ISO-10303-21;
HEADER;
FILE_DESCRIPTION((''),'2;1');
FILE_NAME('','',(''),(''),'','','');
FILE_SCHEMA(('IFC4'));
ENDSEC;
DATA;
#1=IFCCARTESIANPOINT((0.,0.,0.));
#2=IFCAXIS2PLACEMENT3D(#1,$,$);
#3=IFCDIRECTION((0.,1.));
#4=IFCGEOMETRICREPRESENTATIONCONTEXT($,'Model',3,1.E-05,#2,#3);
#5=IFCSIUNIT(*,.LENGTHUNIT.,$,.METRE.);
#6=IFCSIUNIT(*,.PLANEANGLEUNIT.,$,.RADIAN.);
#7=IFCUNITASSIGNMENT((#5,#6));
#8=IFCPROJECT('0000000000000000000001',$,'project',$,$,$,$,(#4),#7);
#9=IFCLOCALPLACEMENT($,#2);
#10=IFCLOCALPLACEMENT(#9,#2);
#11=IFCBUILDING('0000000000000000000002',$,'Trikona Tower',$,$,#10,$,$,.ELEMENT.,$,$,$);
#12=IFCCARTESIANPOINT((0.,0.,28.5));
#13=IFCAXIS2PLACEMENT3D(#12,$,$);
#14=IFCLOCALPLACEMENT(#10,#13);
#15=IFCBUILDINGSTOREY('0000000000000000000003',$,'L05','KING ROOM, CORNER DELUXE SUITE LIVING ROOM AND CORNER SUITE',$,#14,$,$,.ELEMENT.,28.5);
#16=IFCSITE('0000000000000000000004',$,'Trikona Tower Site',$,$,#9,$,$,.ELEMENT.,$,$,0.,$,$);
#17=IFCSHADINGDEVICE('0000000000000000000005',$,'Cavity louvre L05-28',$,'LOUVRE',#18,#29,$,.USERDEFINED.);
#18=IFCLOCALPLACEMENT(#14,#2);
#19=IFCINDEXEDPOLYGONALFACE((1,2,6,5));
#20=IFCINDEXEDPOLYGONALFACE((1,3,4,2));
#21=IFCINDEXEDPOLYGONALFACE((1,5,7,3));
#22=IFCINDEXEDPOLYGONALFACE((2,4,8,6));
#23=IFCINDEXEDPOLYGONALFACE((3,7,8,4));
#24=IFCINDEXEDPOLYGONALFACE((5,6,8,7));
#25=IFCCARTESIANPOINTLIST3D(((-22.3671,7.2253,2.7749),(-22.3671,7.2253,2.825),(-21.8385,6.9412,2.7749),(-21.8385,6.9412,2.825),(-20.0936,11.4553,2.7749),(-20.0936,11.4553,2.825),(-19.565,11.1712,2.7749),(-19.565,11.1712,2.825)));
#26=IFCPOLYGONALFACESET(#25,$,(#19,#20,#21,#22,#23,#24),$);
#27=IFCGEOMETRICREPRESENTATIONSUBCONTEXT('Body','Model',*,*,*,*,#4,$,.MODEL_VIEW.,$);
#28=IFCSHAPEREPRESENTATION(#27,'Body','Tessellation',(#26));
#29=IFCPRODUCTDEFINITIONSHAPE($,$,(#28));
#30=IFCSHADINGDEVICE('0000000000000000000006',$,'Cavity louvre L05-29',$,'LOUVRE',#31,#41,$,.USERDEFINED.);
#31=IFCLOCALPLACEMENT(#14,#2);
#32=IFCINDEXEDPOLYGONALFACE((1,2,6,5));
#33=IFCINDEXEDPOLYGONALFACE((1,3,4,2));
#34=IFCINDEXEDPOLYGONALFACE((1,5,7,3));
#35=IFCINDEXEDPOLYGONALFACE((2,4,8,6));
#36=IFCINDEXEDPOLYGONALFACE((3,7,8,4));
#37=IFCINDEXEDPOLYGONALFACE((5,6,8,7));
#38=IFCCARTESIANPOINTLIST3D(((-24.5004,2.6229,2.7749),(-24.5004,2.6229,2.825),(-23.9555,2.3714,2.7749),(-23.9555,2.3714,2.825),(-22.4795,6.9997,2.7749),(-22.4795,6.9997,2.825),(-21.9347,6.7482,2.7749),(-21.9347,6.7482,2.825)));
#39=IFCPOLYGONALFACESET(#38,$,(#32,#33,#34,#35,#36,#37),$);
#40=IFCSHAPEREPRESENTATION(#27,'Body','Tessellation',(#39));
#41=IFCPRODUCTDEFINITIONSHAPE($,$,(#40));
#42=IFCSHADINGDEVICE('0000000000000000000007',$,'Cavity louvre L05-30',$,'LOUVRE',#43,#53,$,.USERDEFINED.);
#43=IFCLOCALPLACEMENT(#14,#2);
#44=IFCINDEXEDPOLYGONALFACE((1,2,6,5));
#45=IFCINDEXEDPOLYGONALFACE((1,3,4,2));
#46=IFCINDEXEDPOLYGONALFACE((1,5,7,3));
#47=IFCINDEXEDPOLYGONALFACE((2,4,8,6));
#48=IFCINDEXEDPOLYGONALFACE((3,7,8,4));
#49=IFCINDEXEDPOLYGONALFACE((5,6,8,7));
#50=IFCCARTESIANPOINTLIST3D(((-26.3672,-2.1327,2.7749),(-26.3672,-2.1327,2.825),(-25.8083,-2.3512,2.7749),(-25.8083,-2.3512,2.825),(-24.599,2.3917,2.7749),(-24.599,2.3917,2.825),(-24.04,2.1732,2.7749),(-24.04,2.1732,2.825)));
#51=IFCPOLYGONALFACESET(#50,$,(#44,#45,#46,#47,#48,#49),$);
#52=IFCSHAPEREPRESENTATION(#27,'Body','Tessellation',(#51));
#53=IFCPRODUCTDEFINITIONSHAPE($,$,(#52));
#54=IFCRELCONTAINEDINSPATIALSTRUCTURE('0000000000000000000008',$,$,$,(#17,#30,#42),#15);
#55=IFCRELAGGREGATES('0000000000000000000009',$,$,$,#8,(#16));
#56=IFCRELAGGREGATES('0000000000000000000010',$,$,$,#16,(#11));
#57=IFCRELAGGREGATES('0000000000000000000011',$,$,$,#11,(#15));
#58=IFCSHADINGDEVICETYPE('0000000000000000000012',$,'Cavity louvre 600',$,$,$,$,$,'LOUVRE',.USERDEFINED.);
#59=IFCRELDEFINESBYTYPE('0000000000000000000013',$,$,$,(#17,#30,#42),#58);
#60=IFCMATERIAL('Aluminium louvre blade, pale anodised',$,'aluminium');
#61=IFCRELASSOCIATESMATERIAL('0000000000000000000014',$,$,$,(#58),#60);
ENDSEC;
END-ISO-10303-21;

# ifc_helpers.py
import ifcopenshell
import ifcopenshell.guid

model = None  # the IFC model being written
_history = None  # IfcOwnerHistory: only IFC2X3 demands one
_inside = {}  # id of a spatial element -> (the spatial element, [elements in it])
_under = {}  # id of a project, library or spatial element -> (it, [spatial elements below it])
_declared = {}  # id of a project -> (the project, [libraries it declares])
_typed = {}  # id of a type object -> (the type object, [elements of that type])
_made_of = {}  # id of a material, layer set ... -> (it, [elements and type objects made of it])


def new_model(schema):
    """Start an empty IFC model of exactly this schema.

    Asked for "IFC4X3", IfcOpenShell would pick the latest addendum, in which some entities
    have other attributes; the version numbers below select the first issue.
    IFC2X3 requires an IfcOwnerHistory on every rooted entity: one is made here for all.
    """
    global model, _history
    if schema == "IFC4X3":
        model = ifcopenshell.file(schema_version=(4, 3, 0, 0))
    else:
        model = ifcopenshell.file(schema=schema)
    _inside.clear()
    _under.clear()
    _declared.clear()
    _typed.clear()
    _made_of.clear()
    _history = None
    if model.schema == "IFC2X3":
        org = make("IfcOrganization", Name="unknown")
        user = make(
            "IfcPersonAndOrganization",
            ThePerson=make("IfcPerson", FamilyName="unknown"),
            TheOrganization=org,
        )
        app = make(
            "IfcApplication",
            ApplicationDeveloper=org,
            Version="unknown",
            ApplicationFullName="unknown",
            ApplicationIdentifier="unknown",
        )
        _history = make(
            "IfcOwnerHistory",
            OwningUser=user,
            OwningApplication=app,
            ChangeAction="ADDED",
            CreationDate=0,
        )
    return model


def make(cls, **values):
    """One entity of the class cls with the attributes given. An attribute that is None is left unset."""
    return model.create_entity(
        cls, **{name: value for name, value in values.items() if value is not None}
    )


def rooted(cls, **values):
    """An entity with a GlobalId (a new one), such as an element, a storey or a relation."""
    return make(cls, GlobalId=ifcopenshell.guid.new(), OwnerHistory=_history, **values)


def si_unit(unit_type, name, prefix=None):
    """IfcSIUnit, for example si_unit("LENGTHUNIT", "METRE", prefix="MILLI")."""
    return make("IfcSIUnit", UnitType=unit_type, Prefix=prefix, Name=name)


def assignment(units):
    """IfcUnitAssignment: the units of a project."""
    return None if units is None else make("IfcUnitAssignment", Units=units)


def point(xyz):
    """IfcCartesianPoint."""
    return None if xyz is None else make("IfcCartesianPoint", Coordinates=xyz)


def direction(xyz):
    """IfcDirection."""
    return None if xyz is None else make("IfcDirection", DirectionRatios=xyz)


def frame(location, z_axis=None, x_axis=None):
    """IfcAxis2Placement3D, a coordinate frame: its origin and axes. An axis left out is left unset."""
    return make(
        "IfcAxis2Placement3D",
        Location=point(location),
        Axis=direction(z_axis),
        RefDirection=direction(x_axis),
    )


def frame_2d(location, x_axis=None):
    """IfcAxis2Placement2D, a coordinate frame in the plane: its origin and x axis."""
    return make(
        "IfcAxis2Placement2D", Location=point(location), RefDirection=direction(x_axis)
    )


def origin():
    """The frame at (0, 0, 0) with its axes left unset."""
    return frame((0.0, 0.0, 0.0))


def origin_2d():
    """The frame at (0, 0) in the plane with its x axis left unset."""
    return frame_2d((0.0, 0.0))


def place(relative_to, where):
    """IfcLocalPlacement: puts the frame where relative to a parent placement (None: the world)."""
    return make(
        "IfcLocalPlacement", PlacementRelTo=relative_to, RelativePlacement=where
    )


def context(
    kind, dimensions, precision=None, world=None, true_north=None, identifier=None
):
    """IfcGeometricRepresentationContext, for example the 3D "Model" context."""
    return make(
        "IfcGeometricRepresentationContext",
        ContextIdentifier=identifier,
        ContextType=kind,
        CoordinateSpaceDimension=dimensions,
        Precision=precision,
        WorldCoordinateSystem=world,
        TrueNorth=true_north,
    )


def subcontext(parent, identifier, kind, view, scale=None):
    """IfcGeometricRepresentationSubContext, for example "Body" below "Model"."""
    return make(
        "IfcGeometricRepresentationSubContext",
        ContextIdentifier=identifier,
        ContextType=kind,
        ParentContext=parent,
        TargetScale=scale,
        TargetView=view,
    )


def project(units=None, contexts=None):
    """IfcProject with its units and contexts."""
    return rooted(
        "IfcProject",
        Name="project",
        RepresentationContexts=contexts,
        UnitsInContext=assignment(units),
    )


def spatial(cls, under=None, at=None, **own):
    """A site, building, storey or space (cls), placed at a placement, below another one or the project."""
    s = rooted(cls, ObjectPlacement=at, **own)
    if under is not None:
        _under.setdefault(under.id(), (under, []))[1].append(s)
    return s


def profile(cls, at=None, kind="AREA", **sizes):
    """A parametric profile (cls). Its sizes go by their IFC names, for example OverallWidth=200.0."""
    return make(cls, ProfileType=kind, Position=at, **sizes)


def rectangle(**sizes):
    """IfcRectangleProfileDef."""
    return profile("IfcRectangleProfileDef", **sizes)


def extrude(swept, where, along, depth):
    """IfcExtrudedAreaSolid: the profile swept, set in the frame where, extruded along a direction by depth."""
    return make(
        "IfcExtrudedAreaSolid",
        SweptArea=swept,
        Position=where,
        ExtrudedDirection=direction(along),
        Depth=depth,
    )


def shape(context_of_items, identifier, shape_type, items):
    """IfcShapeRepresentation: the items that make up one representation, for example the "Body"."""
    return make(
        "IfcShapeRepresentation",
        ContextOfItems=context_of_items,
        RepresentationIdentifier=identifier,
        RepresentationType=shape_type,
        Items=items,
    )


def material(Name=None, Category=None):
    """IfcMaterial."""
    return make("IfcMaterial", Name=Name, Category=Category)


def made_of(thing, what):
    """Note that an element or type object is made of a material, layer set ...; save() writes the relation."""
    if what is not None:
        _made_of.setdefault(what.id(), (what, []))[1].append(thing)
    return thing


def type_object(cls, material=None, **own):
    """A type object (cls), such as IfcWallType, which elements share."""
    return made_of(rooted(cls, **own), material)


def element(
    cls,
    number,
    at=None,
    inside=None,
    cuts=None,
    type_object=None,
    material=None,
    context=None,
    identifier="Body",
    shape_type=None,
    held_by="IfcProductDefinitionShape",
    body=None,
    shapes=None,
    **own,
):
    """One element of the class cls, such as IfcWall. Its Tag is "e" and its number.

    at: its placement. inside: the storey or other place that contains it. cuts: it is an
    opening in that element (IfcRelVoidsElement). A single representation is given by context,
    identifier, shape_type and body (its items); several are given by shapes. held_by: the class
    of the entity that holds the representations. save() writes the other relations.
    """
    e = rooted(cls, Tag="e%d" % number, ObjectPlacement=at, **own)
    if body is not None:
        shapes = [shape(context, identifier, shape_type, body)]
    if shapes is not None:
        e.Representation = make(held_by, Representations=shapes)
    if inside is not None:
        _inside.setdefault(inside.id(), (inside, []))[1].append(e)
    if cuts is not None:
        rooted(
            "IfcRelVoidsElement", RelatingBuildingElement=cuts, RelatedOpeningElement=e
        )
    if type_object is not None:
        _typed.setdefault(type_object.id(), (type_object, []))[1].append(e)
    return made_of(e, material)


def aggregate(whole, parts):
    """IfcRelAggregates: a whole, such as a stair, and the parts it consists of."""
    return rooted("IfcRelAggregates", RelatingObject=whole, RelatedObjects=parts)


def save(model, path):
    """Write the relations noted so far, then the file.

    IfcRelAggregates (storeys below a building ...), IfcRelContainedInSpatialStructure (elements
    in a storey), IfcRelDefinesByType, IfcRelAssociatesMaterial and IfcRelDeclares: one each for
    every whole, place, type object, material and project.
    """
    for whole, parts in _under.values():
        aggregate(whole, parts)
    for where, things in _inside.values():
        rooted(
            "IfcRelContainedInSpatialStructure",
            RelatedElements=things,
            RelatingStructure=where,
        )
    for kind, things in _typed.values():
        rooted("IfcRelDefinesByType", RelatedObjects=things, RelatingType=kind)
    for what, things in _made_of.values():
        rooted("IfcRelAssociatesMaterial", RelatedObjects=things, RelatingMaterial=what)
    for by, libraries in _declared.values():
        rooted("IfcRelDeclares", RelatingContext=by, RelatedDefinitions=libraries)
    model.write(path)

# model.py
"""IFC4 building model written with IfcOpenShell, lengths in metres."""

from ifc_helpers import new_model, si_unit, direction, frame, origin, origin_2d, place, context, subcontext, project, spatial, rectangle, extrude, material, type_object, element, save


model = new_model("IFC4")

# Units and contexts
model_context = context("Model", 3, precision=1e-05, world=origin(), true_north=direction((0.0, 1.0)))
body_context = subcontext(model_context, "Body", "Model", "MODEL_VIEW")
ifc_project = project(units=[si_unit("LENGTHUNIT", "METRE"), si_unit("PLANEANGLEUNIT", "RADIAN")], contexts=[model_context])

# Site, building, storey
site_placement = place(None, origin())
site = spatial("IfcSite", under=ifc_project, at=site_placement, Name="Trikona Tower Site", CompositionType="ELEMENT", RefElevation=0.0)
building_placement = place(site_placement, origin())
building = spatial("IfcBuilding", under=site, at=building_placement, Name="Trikona Tower", CompositionType="ELEMENT")
storey_placement = place(building_placement, frame((0.0, 0.0, 28.5)))
storey = spatial("IfcBuildingStorey", under=building, at=storey_placement, Name="L05", Description="KING ROOM, CORNER DELUXE SUITE LIVING ROOM AND CORNER SUITE", CompositionType="ELEMENT", Elevation=28.5)

# Shading devices
ifc_material_1 = material(Name="Aluminium louvre blade, pale anodised", Category="aluminium")
shading_device_type = type_object("IfcShadingDeviceType", Name="Cavity louvre 600", ElementType="LOUVRE", PredefinedType="USERDEFINED", material=ifc_material_1)
shading_device_1_placement = place(storey_placement, frame((-20.9661, 9.1982, 2.7749), z_axis=(0.0, 0.0, 1.0), x_axis=(-0.473423, -0.880835, 0.0)))
element("IfcShadingDevice", 1, at=shading_device_1_placement, inside=storey, type_object=shading_device_type, Name="Cavity louvre L05-28", ObjectType="LOUVRE", PredefinedType="USERDEFINED", context=body_context, shape_type="SweptSolid", body=[
    extrude(rectangle(XDim=4.8022, YDim=0.6001, at=origin_2d()), origin(), (0.0, 0.0, 1.0), 0.05),
])
shading_device_2_placement = place(storey_placement, frame((-23.2175, 4.6855, 2.7749), z_axis=(0.0, 0.0, 1.0), x_axis=(-0.419194, -0.907897, 0.0)))
element("IfcShadingDevice", 2, at=shading_device_2_placement, inside=storey, type_object=shading_device_type, Name="Cavity louvre L05-29", ObjectType="LOUVRE", PredefinedType="USERDEFINED", context=body_context, shape_type="SweptSolid", body=[
    extrude(rectangle(XDim=4.8208, YDim=0.6001, at=origin_2d()), origin(), (0.0, 0.0, 1.0), 0.05),
])
shading_device_3_placement = place(storey_placement, frame((-25.2036, 0.0203, 2.7749), z_axis=(0.0, 0.0, 1.0), x_axis=(-0.364009, -0.931395, 0.0)))
element("IfcShadingDevice", 3, at=shading_device_3_placement, inside=storey, type_object=shading_device_type, Name="Cavity louvre L05-30", ObjectType="LOUVRE", PredefinedType="USERDEFINED", context=body_context, shape_type="SweptSolid", body=[
    extrude(rectangle(XDim=4.8577, YDim=0.6001, at=origin_2d()), origin(), (0.0, 0.0, 1.0), 0.05),
])

save(model, "model.ifc")
